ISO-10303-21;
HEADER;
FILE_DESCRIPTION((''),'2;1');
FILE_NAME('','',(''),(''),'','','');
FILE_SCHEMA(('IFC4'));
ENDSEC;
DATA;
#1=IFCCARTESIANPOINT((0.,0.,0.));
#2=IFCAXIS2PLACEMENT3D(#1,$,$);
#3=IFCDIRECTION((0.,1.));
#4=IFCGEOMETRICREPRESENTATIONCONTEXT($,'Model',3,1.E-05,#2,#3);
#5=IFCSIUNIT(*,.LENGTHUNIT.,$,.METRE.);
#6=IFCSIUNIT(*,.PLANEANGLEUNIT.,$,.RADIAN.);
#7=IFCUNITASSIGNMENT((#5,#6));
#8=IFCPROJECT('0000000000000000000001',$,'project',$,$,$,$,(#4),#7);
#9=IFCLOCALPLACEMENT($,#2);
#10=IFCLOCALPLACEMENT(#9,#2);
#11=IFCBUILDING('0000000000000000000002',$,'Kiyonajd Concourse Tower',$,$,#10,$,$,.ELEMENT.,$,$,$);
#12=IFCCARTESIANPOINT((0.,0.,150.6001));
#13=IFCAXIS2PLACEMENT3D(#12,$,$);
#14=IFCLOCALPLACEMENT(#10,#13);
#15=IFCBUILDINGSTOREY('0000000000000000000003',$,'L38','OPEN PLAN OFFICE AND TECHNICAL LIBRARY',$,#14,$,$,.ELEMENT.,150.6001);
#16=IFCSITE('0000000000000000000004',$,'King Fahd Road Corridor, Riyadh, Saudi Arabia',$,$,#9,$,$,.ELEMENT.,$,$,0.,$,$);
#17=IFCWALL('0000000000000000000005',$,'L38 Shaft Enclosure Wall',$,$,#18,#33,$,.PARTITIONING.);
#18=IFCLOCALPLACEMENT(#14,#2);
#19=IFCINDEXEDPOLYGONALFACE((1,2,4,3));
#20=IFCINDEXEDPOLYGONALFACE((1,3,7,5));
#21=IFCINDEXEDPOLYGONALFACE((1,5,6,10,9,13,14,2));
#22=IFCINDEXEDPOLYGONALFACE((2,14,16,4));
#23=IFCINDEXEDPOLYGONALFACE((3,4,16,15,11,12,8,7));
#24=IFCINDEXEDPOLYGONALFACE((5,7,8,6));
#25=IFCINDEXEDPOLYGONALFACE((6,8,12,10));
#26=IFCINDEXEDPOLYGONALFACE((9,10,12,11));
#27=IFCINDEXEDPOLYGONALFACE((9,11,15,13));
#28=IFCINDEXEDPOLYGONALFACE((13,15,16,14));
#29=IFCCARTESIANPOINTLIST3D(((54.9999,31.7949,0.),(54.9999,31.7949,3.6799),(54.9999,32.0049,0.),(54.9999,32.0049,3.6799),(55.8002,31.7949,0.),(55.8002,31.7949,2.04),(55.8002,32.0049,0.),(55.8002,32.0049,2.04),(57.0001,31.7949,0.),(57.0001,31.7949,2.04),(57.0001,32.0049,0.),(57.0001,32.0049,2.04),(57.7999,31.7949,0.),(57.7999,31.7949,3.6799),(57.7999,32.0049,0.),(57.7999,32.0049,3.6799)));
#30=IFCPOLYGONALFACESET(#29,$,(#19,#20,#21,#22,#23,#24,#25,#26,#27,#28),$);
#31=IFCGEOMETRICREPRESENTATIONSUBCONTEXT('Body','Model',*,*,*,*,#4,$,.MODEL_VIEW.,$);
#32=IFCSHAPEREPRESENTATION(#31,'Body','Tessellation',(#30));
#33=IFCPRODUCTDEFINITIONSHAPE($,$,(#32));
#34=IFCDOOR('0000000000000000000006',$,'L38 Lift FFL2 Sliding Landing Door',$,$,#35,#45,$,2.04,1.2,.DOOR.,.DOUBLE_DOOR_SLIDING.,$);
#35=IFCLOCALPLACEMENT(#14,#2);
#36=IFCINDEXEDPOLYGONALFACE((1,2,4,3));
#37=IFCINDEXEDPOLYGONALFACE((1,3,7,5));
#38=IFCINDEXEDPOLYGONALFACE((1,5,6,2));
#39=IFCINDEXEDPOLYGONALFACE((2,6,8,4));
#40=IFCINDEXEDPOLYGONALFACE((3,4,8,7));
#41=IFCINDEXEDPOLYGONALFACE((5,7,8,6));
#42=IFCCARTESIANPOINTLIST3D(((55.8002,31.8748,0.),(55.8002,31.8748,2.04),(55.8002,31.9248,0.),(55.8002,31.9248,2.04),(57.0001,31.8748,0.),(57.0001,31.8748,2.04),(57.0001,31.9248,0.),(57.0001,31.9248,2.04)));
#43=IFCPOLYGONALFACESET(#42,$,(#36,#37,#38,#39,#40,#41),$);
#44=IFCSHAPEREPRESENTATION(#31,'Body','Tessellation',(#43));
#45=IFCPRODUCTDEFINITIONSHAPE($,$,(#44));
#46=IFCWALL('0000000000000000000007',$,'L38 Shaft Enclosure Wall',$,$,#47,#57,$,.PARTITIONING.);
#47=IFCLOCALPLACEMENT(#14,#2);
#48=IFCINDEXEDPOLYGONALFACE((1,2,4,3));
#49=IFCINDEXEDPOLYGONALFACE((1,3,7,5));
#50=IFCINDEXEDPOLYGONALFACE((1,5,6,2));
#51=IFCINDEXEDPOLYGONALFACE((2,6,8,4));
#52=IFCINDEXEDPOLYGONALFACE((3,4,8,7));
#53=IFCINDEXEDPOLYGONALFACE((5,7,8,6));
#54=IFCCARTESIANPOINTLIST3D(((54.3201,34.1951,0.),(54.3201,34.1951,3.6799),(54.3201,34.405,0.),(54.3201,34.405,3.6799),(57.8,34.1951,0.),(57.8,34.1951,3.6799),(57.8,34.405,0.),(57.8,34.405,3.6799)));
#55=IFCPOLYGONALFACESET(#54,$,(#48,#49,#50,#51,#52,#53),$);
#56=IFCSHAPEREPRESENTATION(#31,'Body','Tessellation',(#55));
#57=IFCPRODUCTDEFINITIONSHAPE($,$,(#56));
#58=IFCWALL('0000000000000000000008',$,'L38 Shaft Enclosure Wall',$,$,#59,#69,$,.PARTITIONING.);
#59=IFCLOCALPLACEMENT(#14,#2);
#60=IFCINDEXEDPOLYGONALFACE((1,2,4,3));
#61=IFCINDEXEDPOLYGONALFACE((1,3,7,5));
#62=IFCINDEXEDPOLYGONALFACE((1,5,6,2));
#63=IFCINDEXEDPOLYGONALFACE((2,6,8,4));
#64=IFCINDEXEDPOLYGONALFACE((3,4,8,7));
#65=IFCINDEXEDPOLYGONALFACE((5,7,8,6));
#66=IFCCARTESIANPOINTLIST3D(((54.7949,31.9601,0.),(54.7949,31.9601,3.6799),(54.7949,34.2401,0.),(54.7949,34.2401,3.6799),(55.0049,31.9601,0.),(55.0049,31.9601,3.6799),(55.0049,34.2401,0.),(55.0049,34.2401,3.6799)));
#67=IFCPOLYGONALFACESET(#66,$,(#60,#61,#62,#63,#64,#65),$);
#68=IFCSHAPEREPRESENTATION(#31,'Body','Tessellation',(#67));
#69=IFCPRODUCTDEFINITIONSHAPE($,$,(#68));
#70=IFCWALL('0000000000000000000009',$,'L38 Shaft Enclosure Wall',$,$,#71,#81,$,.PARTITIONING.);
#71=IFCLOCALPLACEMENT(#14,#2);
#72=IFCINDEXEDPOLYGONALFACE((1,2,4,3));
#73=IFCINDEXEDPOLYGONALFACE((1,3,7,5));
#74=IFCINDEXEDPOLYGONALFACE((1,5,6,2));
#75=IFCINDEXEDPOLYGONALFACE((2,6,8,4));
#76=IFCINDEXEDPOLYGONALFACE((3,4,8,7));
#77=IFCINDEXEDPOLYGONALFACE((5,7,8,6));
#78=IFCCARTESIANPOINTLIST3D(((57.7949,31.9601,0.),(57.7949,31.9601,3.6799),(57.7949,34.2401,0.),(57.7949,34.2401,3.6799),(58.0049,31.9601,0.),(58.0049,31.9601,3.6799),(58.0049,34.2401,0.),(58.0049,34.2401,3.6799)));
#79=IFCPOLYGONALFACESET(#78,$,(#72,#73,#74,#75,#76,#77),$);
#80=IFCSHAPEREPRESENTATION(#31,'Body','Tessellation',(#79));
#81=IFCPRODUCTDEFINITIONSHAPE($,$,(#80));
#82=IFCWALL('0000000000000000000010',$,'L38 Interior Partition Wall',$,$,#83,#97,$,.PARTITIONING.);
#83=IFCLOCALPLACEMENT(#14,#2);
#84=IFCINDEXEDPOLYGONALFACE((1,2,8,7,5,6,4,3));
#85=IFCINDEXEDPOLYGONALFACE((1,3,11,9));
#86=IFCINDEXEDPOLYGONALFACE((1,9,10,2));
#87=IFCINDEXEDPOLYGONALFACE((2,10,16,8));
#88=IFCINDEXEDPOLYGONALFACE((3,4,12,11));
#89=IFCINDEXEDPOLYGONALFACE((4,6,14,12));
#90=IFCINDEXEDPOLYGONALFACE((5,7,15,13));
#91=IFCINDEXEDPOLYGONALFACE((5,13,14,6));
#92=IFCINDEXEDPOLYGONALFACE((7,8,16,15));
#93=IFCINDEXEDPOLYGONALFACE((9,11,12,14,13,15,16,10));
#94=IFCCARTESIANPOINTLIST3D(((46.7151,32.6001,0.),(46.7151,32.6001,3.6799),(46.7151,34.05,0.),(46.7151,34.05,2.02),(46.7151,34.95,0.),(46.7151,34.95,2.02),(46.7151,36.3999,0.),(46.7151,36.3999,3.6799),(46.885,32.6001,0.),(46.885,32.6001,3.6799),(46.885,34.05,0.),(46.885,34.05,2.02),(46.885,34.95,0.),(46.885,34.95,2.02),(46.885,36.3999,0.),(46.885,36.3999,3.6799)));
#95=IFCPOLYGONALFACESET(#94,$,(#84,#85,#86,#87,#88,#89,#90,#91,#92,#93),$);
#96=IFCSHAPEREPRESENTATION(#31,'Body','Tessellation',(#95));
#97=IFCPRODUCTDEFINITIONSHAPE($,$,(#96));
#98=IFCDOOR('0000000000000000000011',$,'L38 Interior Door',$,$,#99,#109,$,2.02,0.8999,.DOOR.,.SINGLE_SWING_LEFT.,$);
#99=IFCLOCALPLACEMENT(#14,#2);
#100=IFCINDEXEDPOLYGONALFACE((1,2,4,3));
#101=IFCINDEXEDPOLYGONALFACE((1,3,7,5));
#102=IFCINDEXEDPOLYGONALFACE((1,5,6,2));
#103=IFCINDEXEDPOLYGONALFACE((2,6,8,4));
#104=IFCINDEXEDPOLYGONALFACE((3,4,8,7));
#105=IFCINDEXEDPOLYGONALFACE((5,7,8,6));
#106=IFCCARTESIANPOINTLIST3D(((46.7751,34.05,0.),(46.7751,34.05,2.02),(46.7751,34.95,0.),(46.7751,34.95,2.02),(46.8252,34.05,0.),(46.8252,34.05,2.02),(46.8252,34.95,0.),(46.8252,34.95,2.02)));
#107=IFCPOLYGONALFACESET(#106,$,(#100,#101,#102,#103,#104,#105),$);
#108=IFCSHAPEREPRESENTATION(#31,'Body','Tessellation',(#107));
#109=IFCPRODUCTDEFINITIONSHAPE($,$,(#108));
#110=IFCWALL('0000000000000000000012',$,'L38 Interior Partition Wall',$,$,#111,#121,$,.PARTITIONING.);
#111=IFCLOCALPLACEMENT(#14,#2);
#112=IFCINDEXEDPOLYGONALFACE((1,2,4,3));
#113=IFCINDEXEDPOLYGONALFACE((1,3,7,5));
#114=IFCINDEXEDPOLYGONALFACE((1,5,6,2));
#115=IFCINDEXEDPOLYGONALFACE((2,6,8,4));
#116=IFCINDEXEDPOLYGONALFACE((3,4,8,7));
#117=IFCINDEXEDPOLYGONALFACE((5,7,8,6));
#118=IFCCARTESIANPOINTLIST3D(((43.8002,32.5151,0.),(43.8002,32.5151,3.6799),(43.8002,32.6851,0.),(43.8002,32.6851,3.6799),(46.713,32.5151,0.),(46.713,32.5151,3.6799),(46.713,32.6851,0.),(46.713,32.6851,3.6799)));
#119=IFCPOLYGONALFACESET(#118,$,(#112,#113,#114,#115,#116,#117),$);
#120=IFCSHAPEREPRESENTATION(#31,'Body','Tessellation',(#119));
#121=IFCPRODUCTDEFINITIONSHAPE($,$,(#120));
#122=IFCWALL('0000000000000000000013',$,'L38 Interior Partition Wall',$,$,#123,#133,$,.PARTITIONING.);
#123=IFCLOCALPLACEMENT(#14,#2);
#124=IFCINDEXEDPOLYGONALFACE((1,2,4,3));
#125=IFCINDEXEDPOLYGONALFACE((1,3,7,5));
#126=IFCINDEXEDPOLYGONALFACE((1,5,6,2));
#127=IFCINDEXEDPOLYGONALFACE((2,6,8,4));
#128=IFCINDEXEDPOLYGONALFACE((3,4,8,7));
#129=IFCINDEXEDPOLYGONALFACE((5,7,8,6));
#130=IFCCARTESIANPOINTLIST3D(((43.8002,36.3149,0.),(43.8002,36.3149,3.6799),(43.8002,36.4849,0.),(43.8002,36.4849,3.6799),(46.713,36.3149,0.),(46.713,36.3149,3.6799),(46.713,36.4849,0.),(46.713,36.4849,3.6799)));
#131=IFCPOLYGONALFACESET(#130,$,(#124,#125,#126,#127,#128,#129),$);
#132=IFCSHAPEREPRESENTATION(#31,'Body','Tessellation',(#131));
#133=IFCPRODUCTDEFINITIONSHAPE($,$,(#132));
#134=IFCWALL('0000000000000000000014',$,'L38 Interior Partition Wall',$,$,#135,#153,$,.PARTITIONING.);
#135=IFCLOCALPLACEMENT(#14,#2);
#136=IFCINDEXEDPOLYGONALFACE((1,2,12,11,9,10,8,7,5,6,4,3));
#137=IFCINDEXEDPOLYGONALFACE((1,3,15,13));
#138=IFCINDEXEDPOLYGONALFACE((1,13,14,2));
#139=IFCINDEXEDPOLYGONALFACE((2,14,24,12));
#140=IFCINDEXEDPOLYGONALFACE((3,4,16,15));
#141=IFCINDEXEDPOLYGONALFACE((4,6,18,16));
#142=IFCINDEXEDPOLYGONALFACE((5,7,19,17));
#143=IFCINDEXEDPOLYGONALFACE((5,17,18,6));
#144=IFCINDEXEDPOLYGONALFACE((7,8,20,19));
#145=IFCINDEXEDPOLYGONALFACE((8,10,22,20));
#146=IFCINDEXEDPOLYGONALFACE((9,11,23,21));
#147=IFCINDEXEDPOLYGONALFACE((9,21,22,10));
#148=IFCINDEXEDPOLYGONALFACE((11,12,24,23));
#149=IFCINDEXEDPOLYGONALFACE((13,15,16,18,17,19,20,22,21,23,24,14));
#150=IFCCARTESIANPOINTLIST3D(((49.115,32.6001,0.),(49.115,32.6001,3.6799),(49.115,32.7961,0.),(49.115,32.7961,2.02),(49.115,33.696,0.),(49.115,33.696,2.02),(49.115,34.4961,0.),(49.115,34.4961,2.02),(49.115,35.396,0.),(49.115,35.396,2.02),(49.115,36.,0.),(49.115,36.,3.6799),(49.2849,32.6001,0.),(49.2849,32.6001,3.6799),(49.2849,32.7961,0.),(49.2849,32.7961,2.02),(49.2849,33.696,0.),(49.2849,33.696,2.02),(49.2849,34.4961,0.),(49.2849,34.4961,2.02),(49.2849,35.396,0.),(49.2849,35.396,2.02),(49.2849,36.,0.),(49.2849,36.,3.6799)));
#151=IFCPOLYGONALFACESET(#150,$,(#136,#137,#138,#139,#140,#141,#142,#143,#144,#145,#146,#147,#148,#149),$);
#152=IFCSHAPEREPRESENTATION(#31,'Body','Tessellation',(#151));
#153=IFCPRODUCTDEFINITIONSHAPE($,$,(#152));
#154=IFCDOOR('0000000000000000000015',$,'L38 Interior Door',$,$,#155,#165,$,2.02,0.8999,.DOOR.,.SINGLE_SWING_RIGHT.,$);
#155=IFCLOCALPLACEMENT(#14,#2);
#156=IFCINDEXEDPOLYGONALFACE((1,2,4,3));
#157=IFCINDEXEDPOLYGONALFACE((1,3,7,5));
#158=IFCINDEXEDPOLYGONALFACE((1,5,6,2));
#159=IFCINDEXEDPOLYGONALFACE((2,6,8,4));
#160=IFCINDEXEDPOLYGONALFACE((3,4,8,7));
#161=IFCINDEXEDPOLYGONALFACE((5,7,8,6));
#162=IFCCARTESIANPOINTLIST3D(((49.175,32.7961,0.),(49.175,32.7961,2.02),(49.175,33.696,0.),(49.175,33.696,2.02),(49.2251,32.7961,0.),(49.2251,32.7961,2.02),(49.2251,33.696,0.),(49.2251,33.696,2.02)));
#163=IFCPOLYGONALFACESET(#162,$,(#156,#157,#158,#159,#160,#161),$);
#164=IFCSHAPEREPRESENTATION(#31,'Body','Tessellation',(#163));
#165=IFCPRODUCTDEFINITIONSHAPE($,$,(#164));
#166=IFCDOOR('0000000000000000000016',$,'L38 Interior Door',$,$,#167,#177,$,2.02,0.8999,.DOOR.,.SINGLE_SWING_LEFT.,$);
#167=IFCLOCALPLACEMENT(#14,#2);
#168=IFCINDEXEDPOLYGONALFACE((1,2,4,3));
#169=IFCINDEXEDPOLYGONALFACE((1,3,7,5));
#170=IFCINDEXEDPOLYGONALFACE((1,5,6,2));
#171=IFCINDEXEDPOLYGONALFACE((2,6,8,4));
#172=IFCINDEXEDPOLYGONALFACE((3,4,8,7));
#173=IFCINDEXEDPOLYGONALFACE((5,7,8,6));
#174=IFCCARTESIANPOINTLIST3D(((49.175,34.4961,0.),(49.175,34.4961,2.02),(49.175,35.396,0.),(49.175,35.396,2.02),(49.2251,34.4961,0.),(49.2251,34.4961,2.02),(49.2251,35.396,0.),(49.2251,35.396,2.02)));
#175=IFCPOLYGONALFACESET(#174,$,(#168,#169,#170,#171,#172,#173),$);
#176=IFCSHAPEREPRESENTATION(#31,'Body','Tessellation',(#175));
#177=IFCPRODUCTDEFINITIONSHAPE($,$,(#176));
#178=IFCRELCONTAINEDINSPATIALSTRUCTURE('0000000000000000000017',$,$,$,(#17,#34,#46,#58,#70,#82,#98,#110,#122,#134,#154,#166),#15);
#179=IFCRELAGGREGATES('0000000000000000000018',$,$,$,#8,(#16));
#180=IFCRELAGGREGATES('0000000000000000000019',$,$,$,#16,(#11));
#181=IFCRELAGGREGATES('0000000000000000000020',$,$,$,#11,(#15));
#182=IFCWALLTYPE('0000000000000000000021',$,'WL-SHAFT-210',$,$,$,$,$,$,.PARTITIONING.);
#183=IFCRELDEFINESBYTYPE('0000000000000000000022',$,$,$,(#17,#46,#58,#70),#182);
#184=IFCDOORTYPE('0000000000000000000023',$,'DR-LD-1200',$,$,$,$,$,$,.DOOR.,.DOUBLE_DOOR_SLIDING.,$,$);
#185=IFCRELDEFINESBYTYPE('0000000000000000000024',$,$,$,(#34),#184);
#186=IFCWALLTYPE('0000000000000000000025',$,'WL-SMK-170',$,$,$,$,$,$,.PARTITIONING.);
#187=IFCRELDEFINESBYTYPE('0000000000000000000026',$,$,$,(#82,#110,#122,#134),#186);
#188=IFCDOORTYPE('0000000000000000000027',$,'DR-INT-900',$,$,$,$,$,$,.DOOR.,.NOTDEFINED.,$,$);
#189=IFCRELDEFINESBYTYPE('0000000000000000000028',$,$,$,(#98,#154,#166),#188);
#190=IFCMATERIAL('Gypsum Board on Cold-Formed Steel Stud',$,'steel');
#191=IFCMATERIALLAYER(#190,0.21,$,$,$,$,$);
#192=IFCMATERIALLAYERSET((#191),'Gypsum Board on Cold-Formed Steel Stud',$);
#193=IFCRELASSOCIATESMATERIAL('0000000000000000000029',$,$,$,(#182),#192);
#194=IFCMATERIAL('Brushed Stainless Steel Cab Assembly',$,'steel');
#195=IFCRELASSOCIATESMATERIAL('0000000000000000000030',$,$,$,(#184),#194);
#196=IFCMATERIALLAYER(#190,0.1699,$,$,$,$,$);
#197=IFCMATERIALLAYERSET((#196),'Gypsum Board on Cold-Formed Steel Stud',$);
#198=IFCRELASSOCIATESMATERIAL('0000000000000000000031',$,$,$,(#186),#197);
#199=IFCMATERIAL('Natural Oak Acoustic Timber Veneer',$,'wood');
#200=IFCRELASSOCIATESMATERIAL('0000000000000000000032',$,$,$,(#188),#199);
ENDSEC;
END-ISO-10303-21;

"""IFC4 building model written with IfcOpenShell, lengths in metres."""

from ifc_helpers import new_model, si_unit, direction, frame, frame_2d, origin, place, context, subcontext, project, spatial, rectangle, extrude, material, layer, layer_set, type_object, element, fill, save


model = new_model("IFC4")

# Units and contexts
model_context = context("Model", 3, precision=1e-05, world=origin(), true_north=direction((0.0, 1.0)))
body_context = subcontext(model_context, "Body", "Model", "MODEL_VIEW")
ifc_project = project(units=[si_unit("LENGTHUNIT", "METRE"), si_unit("PLANEANGLEUNIT", "RADIAN")], contexts=[model_context])

# Site, building, storey
site_placement = place(None, origin())
site = spatial("IfcSite", under=ifc_project, at=site_placement, Name="King Fahd Road Corridor, Riyadh, Saudi Arabia", CompositionType="ELEMENT", RefElevation=0.0)
building_placement = place(site_placement, origin())
building = spatial("IfcBuilding", under=site, at=building_placement, Name="Kiyonajd Concourse Tower", CompositionType="ELEMENT")
storey_placement = place(building_placement, frame((0.0, 0.0, 150.6001)))
storey = spatial("IfcBuildingStorey", under=building, at=storey_placement, Name="L38", Description="OPEN PLAN OFFICE AND TECHNICAL LIBRARY", CompositionType="ELEMENT", Elevation=150.6001)

# Shared definitions
ifc_material_1 = material(Name="Brushed Stainless Steel Cab Assembly", Category="steel")

# Shared definitions
ifc_material_2 = material(Name="Gypsum Board on Cold-Formed Steel Stud", Category="steel")

# Wall, opening, door
ifc_layer_1 = layer(ifc_material_2, 0.21)
ifc_layer_set_1 = layer_set([ifc_layer_1], Name="Gypsum Board on Cold-Formed Steel Stud")
wall_type_1 = type_object("IfcWallType", Name="WL-SHAFT-210", PredefinedType="PARTITIONING", material=ifc_layer_set_1)
wall_1_placement = place(storey_placement, frame((55.0, 31.8999, 0.0), z_axis=(0.0, 0.0, 1.0), x_axis=(1.0, 0.0, 0.0)))
wall_1 = element("IfcWall", 1, at=wall_1_placement, inside=storey, type_object=wall_type_1, Name="L38 Shaft Enclosure Wall", PredefinedType="PARTITIONING", context=body_context, shape_type="SweptSolid", body=[
    extrude(rectangle(XDim=2.8, YDim=0.21, at=frame_2d((1.3999, 0.0))), origin(), (0.0, 0.0, 1.0), 3.6799),
])
opening_1_placement = place(wall_1_placement, frame((0.8, 0.0, 0.0)))
opening_1 = element("IfcOpeningElement", 2, at=opening_1_placement, cuts=wall_1, PredefinedType="OPENING", context=body_context, shape_type="SweptSolid", body=[
    extrude(rectangle(XDim=1.2, YDim=2.04, at=frame_2d((0.6001, 1.02))), frame((0.0, 0.115, 0.0), z_axis=(0.0, -1.0, 0.0), x_axis=(1.0, 0.0, 0.0)), (0.0, 0.0, 1.0), 0.23),
])
door_type_1 = type_object("IfcDoorType", Name="DR-LD-1200", OperationType="DOUBLE_DOOR_SLIDING", PredefinedType="DOOR", material=ifc_material_1)
door_1_placement = place(opening_1_placement, origin())
door_1 = element("IfcDoor", 3, at=door_1_placement, inside=storey, type_object=door_type_1, Name="L38 Lift FFL2 Sliding Landing Door", OperationType="DOUBLE_DOOR_SLIDING", OverallHeight=2.04, OverallWidth=1.2, PredefinedType="DOOR", context=body_context, shape_type="SweptSolid", body=[
    extrude(rectangle(XDim=1.2, YDim=2.04, at=frame_2d((0.6001, 1.02))), frame((0.0, 0.0249, 0.0), z_axis=(0.0, -1.0, 0.0), x_axis=(1.0, 0.0, 0.0)), (0.0, 0.0, 1.0), 0.05),
])
fill(opening_1, door_1)

# Walls
wall_2_placement = place(storey_placement, frame((54.3201, 34.3, 0.0), z_axis=(0.0, 0.0, 1.0), x_axis=(1.0, 0.0, 0.0)))
element("IfcWall", 4, at=wall_2_placement, inside=storey, type_object=wall_type_1, Name="L38 Shaft Enclosure Wall", PredefinedType="PARTITIONING", context=body_context, shape_type="SweptSolid", body=[
    extrude(rectangle(XDim=3.48, YDim=0.21, at=frame_2d((1.74, 0.0))), origin(), (0.0, 0.0, 1.0), 3.6799),
])
for number, where, z_axis, x_axis, name in (
    (5, (54.8999, 31.96, 0.0), (0.0, 0.0, 1.0), (0.0, 1.0, 0.0), "L38 Shaft Enclosure Wall"),
    (6, (57.8999, 31.96, 0.0), (0.0, 0.0, 1.0), (0.0, 1.0, 0.0), "L38 Shaft Enclosure Wall"),
):
    element("IfcWall", number, at=place(storey_placement, frame(where, z_axis=z_axis, x_axis=x_axis)), inside=storey, type_object=wall_type_1, Name=name, PredefinedType="PARTITIONING", context=body_context, shape_type="SweptSolid", body=[
        extrude(rectangle(XDim=2.28, YDim=0.21, at=frame_2d((1.1401, 0.0))), origin(), (0.0, 0.0, 1.0), 3.6799),
    ])

# Wall, opening, door
ifc_layer_2 = layer(ifc_material_2, 0.1699)
ifc_layer_set_2 = layer_set([ifc_layer_2], Name="Gypsum Board on Cold-Formed Steel Stud")
wall_type_2 = type_object("IfcWallType", Name="WL-SMK-170", PredefinedType="PARTITIONING", material=ifc_layer_set_2)
wall_3_placement = place(storey_placement, frame((46.8, 32.6001, 0.0), z_axis=(0.0, 0.0, 1.0), x_axis=(0.0, 1.0, 0.0)))
wall_3 = element("IfcWall", 7, at=wall_3_placement, inside=storey, type_object=wall_type_2, Name="L38 Interior Partition Wall", PredefinedType="PARTITIONING", context=body_context, shape_type="SweptSolid", body=[
    extrude(rectangle(XDim=3.7998, YDim=0.1699, at=frame_2d((1.8999, 0.0))), origin(), (0.0, 0.0, 1.0), 3.6799),
])
opening_2_placement = place(wall_3_placement, frame((1.45, 0.0, 0.0)))
opening_2 = element("IfcOpeningElement", 8, at=opening_2_placement, cuts=wall_3, PredefinedType="OPENING", context=body_context, shape_type="SweptSolid", body=[
    extrude(rectangle(XDim=0.8999, YDim=2.02, at=frame_2d((0.45, 1.01))), frame((0.0, 0.095, 0.0), z_axis=(0.0, -1.0, 0.0), x_axis=(1.0, 0.0, 0.0)), (0.0, 0.0, 1.0), 0.1899),
])
ifc_material_3 = material(Name="Natural Oak Acoustic Timber Veneer", Category="wood")
door_type_2 = type_object("IfcDoorType", Name="DR-INT-900", OperationType="NOTDEFINED", PredefinedType="DOOR", material=ifc_material_3)
door_2_placement = place(opening_2_placement, origin())
door_2 = element("IfcDoor", 9, at=door_2_placement, inside=storey, type_object=door_type_2, Name="L38 Interior Door", OperationType="SINGLE_SWING_LEFT", OverallHeight=2.02, OverallWidth=0.8999, PredefinedType="DOOR", context=body_context, shape_type="SweptSolid", body=[
    extrude(rectangle(XDim=0.8999, YDim=2.02, at=frame_2d((0.45, 1.01))), frame((0.0, 0.0249, 0.0), z_axis=(0.0, -1.0, 0.0), x_axis=(1.0, 0.0, 0.0)), (0.0, 0.0, 1.0), 0.05),
])
fill(opening_2, door_2)

# Walls
for number, where, z_axis, x_axis, name in (
    (10, (43.8, 32.6001, 0.0), (0.0, 0.0, 1.0), (1.0, 0.0, 0.0), "L38 Interior Partition Wall"),
    (11, (43.8, 36.3999, 0.0), (0.0, 0.0, 1.0), (1.0, 0.0, 0.0), "L38 Interior Partition Wall"),
):
    element("IfcWall", number, at=place(storey_placement, frame(where, z_axis=z_axis, x_axis=x_axis)), inside=storey, type_object=wall_type_2, Name=name, PredefinedType="PARTITIONING", context=body_context, shape_type="SweptSolid", body=[
        extrude(rectangle(XDim=2.9128, YDim=0.1699, at=frame_2d((1.4565, 0.0))), origin(), (0.0, 0.0, 1.0), 3.6799),
    ])

# Wall, openings, doors
wall_4_placement = place(storey_placement, frame((49.2, 32.6001, 0.0), z_axis=(0.0, 0.0, 1.0), x_axis=(0.0, 1.0, 0.0)))
wall_4 = element("IfcWall", 12, at=wall_4_placement, inside=storey, type_object=wall_type_2, Name="L38 Interior Partition Wall", PredefinedType="PARTITIONING", context=body_context, shape_type="SweptSolid", body=[
    extrude(rectangle(XDim=3.3999, YDim=0.1699, at=frame_2d((1.7, 0.0))), origin(), (0.0, 0.0, 1.0), 3.6799),
])
opening_3_placement = place(wall_4_placement, frame((0.196, 0.0, 0.0)))
opening_3 = element("IfcOpeningElement", 13, at=opening_3_placement, cuts=wall_4, PredefinedType="OPENING", context=body_context, shape_type="SweptSolid", body=[
    extrude(rectangle(XDim=0.8999, YDim=2.02, at=frame_2d((0.45, 1.01))), frame((0.0, 0.095, 0.0), z_axis=(0.0, -1.0, 0.0), x_axis=(1.0, 0.0, 0.0)), (0.0, 0.0, 1.0), 0.1899),
])
opening_4_placement = place(wall_4_placement, frame((1.896, 0.0, 0.0)))
opening_4 = element("IfcOpeningElement", 14, at=opening_4_placement, cuts=wall_4, PredefinedType="OPENING", context=body_context, shape_type="SweptSolid", body=[
    extrude(rectangle(XDim=0.8999, YDim=2.02, at=frame_2d((0.45, 1.01))), frame((0.0, 0.095, 0.0), z_axis=(0.0, -1.0, 0.0), x_axis=(1.0, 0.0, 0.0)), (0.0, 0.0, 1.0), 0.1899),
])
door_3_placement = place(opening_3_placement, origin())
door_3 = element("IfcDoor", 15, at=door_3_placement, inside=storey, type_object=door_type_2, Name="L38 Interior Door", OperationType="SINGLE_SWING_RIGHT", OverallHeight=2.02, OverallWidth=0.8999, PredefinedType="DOOR", context=body_context, shape_type="SweptSolid", body=[
    extrude(rectangle(XDim=0.8999, YDim=2.02, at=frame_2d((0.45, 1.01))), frame((0.0, 0.0249, 0.0), z_axis=(0.0, -1.0, 0.0), x_axis=(1.0, 0.0, 0.0)), (0.0, 0.0, 1.0), 0.05),
])
fill(opening_3, door_3)
door_4_placement = place(opening_4_placement, origin())
door_4 = element("IfcDoor", 16, at=door_4_placement, inside=storey, type_object=door_type_2, Name="L38 Interior Door", OperationType="SINGLE_SWING_LEFT", OverallHeight=2.02, OverallWidth=0.8999, PredefinedType="DOOR", context=body_context, shape_type="SweptSolid", body=[
    extrude(rectangle(XDim=0.8999, YDim=2.02, at=frame_2d((0.45, 1.01))), frame((0.0, 0.0249, 0.0), z_axis=(0.0, -1.0, 0.0), x_axis=(1.0, 0.0, 0.0)), (0.0, 0.0, 1.0), 0.05),
])
fill(opening_4, door_4)

save(model, "model.ifc")
